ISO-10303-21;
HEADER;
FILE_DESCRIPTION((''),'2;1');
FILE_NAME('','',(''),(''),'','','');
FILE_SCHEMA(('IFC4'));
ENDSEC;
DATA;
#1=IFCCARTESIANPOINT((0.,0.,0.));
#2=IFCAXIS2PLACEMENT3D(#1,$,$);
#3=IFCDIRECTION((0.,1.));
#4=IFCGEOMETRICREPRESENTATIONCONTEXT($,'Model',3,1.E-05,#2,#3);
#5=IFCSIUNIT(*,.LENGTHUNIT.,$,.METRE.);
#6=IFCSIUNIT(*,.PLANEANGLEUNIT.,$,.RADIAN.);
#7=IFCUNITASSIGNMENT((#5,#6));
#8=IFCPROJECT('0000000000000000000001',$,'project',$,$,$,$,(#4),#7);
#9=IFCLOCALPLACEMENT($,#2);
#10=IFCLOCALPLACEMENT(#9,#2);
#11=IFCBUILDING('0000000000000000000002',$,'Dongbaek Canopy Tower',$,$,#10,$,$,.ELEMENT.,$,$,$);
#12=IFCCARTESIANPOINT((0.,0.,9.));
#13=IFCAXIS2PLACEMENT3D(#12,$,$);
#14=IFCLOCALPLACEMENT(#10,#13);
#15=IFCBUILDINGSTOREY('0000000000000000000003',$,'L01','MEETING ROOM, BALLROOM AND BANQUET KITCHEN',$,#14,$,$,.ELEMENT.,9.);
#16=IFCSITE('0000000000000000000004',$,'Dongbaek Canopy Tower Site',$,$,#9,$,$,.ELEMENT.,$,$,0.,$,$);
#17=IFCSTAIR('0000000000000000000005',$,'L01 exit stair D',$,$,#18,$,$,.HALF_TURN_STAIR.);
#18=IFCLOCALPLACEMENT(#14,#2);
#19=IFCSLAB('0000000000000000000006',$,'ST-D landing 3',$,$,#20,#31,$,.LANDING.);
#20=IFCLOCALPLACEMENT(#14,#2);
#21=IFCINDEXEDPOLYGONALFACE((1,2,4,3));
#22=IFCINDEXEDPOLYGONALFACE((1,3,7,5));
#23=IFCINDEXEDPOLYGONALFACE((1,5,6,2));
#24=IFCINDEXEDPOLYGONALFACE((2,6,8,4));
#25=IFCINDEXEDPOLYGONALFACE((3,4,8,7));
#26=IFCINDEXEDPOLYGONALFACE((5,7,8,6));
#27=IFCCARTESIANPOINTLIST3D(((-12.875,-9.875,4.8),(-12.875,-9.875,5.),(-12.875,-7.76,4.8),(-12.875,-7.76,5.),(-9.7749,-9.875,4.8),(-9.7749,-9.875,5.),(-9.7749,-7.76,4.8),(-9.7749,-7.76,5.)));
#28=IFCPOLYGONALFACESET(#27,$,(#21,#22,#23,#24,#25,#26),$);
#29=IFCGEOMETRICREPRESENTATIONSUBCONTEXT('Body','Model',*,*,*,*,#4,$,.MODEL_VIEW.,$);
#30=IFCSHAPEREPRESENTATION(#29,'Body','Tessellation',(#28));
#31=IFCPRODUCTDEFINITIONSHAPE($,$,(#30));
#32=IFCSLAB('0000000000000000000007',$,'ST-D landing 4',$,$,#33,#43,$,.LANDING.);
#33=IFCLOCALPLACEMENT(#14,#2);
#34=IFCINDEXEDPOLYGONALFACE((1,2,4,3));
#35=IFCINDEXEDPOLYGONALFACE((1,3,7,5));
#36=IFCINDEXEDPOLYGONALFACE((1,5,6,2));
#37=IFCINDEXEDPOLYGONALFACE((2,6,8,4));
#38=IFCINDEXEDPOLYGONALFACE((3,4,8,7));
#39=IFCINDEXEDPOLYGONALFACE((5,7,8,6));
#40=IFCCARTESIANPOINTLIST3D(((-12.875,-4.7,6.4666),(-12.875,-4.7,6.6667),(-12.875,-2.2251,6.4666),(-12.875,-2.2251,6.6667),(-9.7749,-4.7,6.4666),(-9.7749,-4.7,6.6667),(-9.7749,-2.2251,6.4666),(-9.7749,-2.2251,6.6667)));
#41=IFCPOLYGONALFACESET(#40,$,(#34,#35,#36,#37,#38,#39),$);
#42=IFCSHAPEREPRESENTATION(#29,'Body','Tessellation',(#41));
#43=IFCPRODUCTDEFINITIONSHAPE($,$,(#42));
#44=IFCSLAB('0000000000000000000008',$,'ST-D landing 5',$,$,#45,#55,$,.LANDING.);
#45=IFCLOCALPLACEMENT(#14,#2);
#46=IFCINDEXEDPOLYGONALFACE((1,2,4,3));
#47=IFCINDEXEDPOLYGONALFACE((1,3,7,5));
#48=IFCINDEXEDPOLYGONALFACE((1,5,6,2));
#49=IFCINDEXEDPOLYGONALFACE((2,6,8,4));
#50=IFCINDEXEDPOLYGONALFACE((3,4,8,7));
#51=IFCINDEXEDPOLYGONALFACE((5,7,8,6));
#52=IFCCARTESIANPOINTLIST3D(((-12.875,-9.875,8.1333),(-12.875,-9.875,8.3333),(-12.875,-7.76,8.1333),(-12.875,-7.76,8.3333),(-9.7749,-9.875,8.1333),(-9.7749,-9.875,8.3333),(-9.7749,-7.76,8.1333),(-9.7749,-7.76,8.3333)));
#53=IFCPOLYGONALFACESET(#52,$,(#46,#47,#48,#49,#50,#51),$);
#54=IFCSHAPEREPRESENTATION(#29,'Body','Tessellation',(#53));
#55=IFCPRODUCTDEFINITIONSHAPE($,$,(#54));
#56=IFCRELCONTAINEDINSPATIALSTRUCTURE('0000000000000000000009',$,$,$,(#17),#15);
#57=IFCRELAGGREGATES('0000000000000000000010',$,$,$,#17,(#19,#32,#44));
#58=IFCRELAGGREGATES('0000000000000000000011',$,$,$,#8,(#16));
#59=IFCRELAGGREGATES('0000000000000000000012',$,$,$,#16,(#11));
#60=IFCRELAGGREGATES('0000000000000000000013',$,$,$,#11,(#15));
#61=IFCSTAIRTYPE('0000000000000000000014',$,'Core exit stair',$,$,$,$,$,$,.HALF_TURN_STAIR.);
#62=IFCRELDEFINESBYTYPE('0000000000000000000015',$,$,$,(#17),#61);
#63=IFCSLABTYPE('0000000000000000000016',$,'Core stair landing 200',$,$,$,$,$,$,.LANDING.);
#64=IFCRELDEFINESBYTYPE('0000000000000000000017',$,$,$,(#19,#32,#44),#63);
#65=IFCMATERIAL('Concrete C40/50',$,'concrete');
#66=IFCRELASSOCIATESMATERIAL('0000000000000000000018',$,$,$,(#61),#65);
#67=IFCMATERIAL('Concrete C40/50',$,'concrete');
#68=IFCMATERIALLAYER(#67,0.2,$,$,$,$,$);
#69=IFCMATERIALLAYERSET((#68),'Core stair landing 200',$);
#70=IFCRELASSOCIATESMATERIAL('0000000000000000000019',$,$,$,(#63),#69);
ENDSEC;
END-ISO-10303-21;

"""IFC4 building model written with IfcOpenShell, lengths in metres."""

from ifc_helpers import new_model, si_unit, direction, frame, origin, place, context, subcontext, project, spatial, polyline, outline, extrude, material, layer, layer_set, type_object, element, aggregate, save


model = new_model("IFC4")

# Units and contexts
model_context = context("Model", 3, precision=1e-05, world=origin(), true_north=direction((0.0, 1.0)))
body_context = subcontext(model_context, "Body", "Model", "MODEL_VIEW")
ifc_project = project(units=[si_unit("LENGTHUNIT", "METRE"), si_unit("PLANEANGLEUNIT", "RADIAN")], contexts=[model_context])

# Site, building, storey
site_placement = place(None, origin())
site = spatial("IfcSite", under=ifc_project, at=site_placement, Name="Dongbaek Canopy Tower Site", CompositionType="ELEMENT", RefElevation=0.0)
building_placement = place(site_placement, origin())
building = spatial("IfcBuilding", under=site, at=building_placement, Name="Dongbaek Canopy Tower", CompositionType="ELEMENT")
storey_placement = place(building_placement, frame((0.0, 0.0, 9.0)))
storey = spatial("IfcBuildingStorey", under=building, at=storey_placement, Name="L01", Description="MEETING ROOM, BALLROOM AND BANQUET KITCHEN", CompositionType="ELEMENT", Elevation=9.0)

# Stair, slabs
ifc_material_1 = material(Name="Concrete C40/50", Category="concrete")
stair_type = type_object("IfcStairType", Name="Core exit stair", PredefinedType="HALF_TURN_STAIR", material=ifc_material_1)
stair_placement = place(storey_placement, origin())
stair = element("IfcStair", 1, at=stair_placement, inside=storey, type_object=stair_type, Name="L01 exit stair D", PredefinedType="HALF_TURN_STAIR")
ifc_material_2 = material(Name="Concrete C40/50", Category="concrete")
ifc_layer_1 = layer(ifc_material_2, 0.2)
ifc_layer_set_1 = layer_set([ifc_layer_1], Name="Core stair landing 200")
slab_type = type_object("IfcSlabType", Name="Core stair landing 200", PredefinedType="LANDING", material=ifc_layer_set_1)
slab_1_placement = place(storey_placement, frame((0.0, 0.0, 4.8)))
slab_1 = element("IfcSlab", 2, at=slab_1_placement, type_object=slab_type, Name="ST-D landing 3", PredefinedType="LANDING", context=body_context, shape_type="SweptSolid", body=[
    extrude(outline(polyline([(-12.875, -7.76), (-12.875, -9.875), (-9.7749, -9.875), (-9.7749, -7.76), (-12.875, -7.76)])), origin(), (0.0, 0.0, 1.0), 0.2),
])
slab_2_placement = place(storey_placement, frame((0.0, 0.0, 6.4666)))
slab_2 = element("IfcSlab", 3, at=slab_2_placement, type_object=slab_type, Name="ST-D landing 4", PredefinedType="LANDING", context=body_context, shape_type="SweptSolid", body=[
    extrude(outline(polyline([(-12.875, -2.2251), (-12.875, -4.7), (-9.7749, -4.7), (-9.7749, -2.2251), (-12.875, -2.2251)])), origin(), (0.0, 0.0, 1.0), 0.2002),
])
slab_3_placement = place(storey_placement, frame((0.0, 0.0, 8.1333)))
slab_3 = element("IfcSlab", 4, at=slab_3_placement, type_object=slab_type, Name="ST-D landing 5", PredefinedType="LANDING", context=body_context, shape_type="SweptSolid", body=[
    extrude(outline(polyline([(-12.875, -7.76), (-12.875, -9.875), (-9.7749, -9.875), (-9.7749, -7.76), (-12.875, -7.76)])), origin(), (0.0, 0.0, 1.0), 0.2),
])
aggregate(stair, [slab_1, slab_2, slab_3])

save(model, "model.ifc")
